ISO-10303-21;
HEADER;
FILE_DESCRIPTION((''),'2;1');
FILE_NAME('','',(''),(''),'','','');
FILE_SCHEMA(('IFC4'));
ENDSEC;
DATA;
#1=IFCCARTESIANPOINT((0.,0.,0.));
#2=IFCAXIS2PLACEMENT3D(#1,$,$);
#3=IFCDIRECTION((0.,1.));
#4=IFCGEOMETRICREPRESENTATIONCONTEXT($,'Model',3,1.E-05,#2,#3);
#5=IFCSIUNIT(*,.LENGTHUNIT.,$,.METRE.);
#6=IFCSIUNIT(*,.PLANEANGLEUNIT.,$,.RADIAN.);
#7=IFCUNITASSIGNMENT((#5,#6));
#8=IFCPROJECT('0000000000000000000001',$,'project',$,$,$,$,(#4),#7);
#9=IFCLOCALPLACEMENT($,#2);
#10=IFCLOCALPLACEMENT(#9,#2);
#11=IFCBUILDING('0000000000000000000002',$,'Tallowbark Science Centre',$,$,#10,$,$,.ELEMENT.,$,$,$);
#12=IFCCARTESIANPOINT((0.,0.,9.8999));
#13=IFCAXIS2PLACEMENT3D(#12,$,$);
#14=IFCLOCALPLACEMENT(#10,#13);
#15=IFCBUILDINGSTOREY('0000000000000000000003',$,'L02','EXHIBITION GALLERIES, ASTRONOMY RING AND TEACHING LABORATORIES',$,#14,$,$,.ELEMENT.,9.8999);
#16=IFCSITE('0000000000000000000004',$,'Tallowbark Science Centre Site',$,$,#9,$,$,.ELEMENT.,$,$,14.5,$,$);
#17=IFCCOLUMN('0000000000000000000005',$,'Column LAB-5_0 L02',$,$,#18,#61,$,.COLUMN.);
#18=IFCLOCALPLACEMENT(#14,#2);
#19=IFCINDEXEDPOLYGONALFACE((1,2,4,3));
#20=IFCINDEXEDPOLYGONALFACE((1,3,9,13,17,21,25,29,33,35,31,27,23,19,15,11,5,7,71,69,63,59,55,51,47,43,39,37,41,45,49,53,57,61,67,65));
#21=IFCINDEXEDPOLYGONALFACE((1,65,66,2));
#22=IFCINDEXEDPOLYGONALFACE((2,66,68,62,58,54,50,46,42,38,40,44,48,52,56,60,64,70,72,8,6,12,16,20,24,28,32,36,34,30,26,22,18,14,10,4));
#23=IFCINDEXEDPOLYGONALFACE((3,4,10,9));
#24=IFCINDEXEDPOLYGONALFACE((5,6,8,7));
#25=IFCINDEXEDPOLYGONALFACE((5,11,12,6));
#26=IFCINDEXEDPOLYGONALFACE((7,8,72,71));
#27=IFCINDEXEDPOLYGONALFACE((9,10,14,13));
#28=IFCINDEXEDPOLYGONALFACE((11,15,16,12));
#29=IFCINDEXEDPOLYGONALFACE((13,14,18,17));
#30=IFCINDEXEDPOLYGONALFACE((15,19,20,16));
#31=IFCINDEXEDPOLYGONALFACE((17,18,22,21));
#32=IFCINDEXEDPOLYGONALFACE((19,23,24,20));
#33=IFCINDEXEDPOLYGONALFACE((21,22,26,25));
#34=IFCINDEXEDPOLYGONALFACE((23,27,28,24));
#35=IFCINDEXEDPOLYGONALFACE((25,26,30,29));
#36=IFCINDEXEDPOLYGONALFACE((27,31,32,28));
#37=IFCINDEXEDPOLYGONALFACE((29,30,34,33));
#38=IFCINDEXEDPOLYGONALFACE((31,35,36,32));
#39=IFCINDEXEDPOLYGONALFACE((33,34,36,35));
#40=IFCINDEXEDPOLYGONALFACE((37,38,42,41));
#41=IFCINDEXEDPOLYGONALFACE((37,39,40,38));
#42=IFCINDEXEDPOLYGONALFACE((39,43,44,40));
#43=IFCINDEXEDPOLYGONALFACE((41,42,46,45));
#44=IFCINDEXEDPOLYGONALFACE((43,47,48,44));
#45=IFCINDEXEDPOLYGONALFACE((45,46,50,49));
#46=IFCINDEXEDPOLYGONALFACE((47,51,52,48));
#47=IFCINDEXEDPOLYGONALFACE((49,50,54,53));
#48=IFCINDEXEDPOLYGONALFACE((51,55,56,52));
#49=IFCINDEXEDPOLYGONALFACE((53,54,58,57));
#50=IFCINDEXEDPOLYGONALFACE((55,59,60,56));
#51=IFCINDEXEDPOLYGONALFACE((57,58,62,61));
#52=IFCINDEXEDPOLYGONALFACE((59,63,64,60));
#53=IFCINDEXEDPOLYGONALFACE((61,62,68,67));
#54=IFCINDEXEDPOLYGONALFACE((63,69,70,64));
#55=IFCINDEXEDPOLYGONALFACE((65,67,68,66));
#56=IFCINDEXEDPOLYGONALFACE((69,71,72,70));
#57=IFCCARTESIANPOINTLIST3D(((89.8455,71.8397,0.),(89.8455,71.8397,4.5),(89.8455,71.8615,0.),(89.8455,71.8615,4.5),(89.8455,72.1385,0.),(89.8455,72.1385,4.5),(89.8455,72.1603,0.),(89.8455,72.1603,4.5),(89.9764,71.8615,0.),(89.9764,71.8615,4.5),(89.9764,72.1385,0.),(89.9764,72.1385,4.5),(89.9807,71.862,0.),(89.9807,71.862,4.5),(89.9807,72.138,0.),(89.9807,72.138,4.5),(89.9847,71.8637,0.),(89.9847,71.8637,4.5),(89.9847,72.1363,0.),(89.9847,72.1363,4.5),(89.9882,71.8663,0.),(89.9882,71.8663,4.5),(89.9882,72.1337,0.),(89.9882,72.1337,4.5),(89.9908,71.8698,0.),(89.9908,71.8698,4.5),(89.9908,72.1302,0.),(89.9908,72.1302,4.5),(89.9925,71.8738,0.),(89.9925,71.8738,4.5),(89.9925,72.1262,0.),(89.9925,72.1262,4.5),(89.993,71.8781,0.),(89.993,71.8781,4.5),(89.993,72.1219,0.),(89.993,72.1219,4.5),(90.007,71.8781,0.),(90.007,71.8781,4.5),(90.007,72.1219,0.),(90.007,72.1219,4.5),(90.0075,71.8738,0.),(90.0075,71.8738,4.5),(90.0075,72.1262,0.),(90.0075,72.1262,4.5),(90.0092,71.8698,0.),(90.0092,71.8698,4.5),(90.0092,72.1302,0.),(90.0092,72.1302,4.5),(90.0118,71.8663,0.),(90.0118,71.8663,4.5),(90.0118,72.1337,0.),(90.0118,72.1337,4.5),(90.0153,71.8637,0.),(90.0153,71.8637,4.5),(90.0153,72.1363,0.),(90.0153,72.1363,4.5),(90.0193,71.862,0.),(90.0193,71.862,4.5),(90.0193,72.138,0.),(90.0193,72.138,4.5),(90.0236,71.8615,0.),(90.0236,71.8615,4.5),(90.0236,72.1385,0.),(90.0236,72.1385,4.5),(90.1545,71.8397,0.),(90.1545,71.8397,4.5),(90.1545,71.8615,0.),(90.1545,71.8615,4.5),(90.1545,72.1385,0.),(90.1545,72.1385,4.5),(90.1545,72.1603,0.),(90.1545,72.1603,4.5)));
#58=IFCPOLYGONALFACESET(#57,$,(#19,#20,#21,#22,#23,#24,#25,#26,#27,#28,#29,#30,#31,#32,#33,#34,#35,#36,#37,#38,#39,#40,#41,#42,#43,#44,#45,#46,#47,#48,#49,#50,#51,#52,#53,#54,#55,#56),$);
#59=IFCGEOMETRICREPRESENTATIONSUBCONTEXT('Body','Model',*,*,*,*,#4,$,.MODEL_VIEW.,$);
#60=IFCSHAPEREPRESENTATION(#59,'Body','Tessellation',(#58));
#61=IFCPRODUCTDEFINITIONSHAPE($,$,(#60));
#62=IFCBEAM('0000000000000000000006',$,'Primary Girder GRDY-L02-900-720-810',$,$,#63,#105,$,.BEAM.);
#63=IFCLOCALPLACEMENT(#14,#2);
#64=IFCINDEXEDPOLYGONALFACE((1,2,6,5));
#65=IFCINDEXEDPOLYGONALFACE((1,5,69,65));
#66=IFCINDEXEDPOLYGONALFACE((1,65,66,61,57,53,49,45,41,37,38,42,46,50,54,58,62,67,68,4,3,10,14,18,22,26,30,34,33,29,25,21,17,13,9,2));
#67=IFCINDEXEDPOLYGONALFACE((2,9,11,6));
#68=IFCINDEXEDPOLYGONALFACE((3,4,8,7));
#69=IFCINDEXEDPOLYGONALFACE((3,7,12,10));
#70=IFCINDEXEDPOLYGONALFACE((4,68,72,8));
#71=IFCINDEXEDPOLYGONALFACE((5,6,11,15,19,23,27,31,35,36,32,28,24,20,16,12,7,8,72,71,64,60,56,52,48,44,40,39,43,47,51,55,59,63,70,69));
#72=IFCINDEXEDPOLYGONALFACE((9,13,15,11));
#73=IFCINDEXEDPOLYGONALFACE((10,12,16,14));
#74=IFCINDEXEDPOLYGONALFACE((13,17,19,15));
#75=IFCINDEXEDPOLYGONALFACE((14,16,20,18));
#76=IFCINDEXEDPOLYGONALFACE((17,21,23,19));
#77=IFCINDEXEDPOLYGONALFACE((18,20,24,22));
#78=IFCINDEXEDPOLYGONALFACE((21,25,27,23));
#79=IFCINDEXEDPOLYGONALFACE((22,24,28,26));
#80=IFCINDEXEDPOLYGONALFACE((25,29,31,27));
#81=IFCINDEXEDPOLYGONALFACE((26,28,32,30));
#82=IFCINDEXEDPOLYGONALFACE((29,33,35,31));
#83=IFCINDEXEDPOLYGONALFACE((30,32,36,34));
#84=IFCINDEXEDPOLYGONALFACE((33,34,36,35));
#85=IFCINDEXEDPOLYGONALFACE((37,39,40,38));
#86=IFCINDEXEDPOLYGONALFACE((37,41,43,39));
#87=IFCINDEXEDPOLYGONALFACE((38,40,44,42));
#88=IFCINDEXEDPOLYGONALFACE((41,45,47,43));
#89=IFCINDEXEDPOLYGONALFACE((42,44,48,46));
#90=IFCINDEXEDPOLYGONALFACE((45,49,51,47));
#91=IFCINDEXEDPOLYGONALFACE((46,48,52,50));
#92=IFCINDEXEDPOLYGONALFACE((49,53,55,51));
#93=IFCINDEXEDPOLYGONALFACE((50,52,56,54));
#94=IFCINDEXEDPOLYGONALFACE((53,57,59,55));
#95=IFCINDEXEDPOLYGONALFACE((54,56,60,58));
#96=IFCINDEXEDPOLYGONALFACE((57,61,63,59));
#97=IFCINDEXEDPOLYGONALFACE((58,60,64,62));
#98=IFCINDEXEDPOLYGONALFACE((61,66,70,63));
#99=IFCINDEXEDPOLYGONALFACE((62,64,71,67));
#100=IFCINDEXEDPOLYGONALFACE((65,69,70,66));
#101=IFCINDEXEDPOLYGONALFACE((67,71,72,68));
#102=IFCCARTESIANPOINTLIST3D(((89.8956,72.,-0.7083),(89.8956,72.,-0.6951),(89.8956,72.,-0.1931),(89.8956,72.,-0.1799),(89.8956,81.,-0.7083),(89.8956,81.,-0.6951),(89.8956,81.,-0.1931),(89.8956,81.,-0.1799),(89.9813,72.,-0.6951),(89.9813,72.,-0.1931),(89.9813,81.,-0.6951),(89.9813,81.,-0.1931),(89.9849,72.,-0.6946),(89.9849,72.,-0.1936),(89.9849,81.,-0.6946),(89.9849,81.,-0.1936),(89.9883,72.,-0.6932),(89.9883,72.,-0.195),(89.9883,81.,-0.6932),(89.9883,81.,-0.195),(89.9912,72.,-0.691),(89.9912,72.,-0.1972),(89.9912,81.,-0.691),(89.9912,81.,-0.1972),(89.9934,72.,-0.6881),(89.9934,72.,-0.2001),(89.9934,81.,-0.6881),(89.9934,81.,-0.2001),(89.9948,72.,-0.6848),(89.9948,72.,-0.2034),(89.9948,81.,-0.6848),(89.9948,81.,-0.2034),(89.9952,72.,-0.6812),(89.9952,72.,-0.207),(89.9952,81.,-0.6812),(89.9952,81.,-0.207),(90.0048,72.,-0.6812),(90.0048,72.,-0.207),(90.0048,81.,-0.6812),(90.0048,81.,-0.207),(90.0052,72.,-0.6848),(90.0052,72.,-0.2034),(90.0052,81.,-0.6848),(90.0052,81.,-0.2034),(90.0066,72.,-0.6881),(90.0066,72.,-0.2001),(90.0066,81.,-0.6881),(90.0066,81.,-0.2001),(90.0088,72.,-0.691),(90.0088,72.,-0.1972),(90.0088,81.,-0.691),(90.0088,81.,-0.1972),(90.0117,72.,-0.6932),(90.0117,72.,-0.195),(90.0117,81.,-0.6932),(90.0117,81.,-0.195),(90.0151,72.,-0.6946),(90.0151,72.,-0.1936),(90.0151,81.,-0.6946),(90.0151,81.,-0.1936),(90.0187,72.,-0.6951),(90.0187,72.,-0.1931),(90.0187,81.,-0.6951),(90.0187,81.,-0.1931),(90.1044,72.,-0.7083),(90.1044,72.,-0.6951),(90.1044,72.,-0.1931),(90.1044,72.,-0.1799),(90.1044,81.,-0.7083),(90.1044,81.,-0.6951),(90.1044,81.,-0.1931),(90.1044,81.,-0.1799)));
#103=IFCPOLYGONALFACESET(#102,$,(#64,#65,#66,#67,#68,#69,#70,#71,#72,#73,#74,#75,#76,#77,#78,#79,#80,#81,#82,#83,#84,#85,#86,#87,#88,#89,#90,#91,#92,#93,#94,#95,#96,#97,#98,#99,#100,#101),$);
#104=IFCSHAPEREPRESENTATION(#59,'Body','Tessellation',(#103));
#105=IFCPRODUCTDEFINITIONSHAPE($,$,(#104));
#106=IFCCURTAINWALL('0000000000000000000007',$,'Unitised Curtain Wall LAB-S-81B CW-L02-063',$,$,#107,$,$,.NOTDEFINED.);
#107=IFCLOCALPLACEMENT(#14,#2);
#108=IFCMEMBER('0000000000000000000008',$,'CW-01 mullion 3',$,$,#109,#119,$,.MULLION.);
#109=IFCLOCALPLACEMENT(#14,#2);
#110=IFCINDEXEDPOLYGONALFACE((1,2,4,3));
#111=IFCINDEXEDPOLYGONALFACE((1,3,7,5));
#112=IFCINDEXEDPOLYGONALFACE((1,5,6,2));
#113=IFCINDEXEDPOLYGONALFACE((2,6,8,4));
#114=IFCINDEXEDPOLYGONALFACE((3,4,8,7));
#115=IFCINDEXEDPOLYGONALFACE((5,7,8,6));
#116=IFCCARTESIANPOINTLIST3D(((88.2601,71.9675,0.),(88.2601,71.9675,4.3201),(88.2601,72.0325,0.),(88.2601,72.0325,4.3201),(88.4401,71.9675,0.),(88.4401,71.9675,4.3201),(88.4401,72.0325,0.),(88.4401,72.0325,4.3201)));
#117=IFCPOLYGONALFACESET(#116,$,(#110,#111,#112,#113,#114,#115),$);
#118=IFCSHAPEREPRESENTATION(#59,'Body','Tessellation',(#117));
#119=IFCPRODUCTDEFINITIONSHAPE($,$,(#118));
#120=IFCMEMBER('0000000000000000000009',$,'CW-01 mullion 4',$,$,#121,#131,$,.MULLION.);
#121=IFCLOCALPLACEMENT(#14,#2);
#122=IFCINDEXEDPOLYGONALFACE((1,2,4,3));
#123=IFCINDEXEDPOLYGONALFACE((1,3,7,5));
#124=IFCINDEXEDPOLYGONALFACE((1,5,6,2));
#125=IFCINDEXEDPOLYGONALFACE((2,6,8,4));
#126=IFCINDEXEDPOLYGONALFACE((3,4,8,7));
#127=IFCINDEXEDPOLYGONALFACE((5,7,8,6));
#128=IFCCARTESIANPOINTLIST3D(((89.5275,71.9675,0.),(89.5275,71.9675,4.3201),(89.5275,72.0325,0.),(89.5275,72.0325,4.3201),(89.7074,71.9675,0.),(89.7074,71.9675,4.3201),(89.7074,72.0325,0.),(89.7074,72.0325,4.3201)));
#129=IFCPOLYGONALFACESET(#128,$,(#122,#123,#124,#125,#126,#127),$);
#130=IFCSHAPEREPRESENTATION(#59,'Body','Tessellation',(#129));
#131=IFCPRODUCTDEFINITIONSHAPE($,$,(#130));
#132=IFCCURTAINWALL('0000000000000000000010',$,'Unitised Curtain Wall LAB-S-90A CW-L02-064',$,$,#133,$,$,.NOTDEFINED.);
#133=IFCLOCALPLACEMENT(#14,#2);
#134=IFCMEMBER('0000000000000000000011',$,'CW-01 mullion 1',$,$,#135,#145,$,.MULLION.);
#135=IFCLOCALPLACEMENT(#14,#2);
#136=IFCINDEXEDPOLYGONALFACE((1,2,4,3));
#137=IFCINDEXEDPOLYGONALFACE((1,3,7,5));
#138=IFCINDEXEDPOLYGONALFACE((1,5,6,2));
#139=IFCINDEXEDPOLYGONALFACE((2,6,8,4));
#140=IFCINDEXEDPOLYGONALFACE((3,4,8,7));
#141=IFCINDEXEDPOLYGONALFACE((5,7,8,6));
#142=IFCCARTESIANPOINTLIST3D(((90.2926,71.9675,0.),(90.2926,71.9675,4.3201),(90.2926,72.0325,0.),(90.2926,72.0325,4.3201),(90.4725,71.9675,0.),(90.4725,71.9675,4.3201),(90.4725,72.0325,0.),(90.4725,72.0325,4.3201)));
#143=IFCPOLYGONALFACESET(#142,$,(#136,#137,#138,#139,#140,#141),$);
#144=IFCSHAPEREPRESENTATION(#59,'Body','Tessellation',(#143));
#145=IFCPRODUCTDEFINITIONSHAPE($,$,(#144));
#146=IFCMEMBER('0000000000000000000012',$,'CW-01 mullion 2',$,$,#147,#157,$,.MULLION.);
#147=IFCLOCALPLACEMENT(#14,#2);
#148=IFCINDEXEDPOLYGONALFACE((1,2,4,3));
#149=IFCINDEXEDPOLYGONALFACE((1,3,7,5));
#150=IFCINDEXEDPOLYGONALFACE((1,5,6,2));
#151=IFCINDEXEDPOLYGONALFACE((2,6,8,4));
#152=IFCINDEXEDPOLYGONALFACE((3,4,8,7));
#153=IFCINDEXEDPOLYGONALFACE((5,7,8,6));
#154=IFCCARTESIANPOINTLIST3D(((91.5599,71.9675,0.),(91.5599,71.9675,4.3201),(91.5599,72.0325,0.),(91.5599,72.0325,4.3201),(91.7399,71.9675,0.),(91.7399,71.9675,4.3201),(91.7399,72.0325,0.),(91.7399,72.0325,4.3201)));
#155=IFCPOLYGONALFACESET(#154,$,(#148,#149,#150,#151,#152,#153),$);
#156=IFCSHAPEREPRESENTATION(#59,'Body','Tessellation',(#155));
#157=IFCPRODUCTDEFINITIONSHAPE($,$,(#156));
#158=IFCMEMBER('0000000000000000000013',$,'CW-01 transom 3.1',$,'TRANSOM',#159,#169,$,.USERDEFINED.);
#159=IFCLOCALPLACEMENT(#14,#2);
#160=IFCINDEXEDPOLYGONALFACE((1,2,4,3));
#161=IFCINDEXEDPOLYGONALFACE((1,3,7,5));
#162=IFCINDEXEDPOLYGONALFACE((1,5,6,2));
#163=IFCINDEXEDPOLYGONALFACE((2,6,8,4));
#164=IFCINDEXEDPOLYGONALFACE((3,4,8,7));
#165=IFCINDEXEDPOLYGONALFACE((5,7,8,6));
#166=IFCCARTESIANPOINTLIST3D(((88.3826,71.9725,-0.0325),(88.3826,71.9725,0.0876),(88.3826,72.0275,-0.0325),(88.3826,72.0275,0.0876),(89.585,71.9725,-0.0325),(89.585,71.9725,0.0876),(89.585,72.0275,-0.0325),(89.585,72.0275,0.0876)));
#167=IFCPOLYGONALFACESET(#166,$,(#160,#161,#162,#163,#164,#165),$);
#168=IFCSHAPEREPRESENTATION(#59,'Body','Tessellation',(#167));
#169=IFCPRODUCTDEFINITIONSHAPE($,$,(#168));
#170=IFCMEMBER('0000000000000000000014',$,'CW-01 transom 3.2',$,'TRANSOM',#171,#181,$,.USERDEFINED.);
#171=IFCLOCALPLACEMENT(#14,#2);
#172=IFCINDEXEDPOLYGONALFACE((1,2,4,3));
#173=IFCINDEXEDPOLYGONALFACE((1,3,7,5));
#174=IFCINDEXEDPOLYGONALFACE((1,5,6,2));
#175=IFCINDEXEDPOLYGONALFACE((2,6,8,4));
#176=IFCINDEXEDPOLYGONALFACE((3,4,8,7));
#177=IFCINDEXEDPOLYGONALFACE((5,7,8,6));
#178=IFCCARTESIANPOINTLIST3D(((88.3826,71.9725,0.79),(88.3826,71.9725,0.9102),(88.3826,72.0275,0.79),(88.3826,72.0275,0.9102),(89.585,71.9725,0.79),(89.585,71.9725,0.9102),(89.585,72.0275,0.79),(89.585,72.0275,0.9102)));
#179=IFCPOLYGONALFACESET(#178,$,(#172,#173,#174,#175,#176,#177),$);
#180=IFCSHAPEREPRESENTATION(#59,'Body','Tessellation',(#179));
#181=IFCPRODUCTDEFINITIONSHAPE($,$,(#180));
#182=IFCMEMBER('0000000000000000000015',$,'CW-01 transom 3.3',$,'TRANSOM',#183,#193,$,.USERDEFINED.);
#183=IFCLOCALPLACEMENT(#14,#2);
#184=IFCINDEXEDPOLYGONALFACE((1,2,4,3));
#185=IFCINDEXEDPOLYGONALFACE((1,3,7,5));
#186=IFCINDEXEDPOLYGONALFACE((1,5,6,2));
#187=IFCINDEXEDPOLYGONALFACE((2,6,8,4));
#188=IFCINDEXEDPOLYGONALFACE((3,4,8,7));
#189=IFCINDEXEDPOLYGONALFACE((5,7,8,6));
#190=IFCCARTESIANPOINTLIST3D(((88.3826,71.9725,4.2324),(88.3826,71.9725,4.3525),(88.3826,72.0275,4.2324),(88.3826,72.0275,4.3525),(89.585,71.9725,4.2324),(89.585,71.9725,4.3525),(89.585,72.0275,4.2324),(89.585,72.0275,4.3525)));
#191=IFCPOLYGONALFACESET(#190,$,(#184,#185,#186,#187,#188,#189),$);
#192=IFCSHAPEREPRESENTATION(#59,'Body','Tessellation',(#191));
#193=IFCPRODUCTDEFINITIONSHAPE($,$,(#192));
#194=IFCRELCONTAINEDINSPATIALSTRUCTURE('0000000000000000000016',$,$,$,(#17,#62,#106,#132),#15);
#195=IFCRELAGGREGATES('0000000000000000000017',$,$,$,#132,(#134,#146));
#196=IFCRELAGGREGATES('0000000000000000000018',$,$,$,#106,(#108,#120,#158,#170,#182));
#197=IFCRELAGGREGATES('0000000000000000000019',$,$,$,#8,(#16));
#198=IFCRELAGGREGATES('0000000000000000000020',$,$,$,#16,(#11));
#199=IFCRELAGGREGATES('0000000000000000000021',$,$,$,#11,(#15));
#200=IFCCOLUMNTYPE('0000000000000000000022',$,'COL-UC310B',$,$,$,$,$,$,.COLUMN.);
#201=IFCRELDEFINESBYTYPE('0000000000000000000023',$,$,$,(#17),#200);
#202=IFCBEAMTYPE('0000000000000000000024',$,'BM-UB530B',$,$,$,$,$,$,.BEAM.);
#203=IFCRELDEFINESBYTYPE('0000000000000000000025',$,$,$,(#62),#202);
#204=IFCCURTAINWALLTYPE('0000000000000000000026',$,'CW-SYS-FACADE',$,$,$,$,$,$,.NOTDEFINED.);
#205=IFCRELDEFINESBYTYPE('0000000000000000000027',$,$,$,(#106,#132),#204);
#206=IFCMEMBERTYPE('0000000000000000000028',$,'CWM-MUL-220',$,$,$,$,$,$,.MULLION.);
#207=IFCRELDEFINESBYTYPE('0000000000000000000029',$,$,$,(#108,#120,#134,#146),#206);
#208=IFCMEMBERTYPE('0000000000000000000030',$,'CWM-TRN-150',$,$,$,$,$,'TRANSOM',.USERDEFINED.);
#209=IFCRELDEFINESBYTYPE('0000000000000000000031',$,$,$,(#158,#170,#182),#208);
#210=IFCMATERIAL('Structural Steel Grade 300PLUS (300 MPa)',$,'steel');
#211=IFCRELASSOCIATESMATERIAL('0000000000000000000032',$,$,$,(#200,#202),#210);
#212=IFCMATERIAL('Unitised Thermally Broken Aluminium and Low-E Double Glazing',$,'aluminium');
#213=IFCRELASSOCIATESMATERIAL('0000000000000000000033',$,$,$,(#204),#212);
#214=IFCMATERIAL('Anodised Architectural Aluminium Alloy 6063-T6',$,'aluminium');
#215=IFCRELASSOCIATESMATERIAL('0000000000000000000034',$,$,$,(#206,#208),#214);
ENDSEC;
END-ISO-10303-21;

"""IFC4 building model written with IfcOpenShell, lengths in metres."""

from ifc_helpers import new_model, si_unit, direction, frame, origin, origin_2d, place, context, subcontext, project, spatial, rectangle, i_section, extrude, material, material_profile, profile_set, type_object, element, aggregate, save


model = new_model("IFC4")

# Units and contexts
model_context = context("Model", 3, precision=1e-05, world=origin(), true_north=direction((0.0, 1.0)))
body_context = subcontext(model_context, "Body", "Model", "MODEL_VIEW")
ifc_project = project(units=[si_unit("LENGTHUNIT", "METRE"), si_unit("PLANEANGLEUNIT", "RADIAN")], contexts=[model_context])

# Site, building, storey
site_placement = place(None, origin())
site = spatial("IfcSite", under=ifc_project, at=site_placement, Name="Tallowbark Science Centre Site", CompositionType="ELEMENT", RefElevation=14.5)
building_placement = place(site_placement, origin())
building = spatial("IfcBuilding", under=site, at=building_placement, Name="Tallowbark Science Centre", CompositionType="ELEMENT")
storey_placement = place(building_placement, frame((0.0, 0.0, 9.8999)))
storey = spatial("IfcBuildingStorey", under=building, at=storey_placement, Name="L02", Description="EXHIBITION GALLERIES, ASTRONOMY RING AND TEACHING LABORATORIES", CompositionType="ELEMENT", Elevation=9.8999)

# Column
ifc_material_1 = material(Name="Structural Steel Grade 300PLUS (300 MPa)", Category="steel")
ifc_material_profile_1 = material_profile(ifc_material_1, i_section(OverallWidth=0.3091, OverallDepth=0.3206, WebThickness=0.0139, FlangeThickness=0.0217, FilletRadius=0.0166, at=origin_2d()), Name="310UC137")
ifc_profile_set_1 = profile_set([ifc_material_profile_1], Name="Structural Steel Grade 300PLUS (300 MPa)")
column_type = type_object("IfcColumnType", Name="COL-UC310B", PredefinedType="COLUMN", material=ifc_profile_set_1)
column_placement = place(storey_placement, frame((90.0, 72.0, 0.0), z_axis=(0.0, 0.0, 1.0), x_axis=(1.0, 0.0, 0.0)))
element("IfcColumn", 1, at=column_placement, inside=storey, type_object=column_type, Name="Column LAB-5_0 L02", PredefinedType="COLUMN", context=body_context, shape_type="SweptSolid", body=[
    extrude(i_section(OverallWidth=0.3091, OverallDepth=0.3206, WebThickness=0.0139, FlangeThickness=0.0217, FilletRadius=0.0166, at=origin_2d()), origin(), (0.0, 0.0, 1.0), 4.5),
])

# Beam
ifc_material_profile_2 = material_profile(ifc_material_1, i_section(OverallWidth=0.2087, OverallDepth=0.5283, WebThickness=0.0095, FlangeThickness=0.0132, FilletRadius=0.0139, at=origin_2d()), Name="530UB82.0")
ifc_profile_set_2 = profile_set([ifc_material_profile_2], Name="Structural Steel Grade 300PLUS (300 MPa)")
beam_type_1 = type_object("IfcBeamType", Name="BM-UB530B", PredefinedType="BEAM", material=ifc_profile_set_2)
beam_1_placement = place(storey_placement, frame((90.0, 72.0, -0.4441), z_axis=(0.0, 1.0, 0.0), x_axis=(-1.0, 0.0, 0.0)))
element("IfcBeam", 2, at=beam_1_placement, inside=storey, type_object=beam_type_1, Name="Primary Girder GRDY-L02-900-720-810", PredefinedType="BEAM", context=body_context, shape_type="SweptSolid", body=[
    extrude(i_section(OverallWidth=0.2087, OverallDepth=0.5283, WebThickness=0.0095, FlangeThickness=0.0132, FilletRadius=0.0139, at=origin_2d()), origin(), (0.0, 0.0, 1.0), 9.0),
])

# Curtain walls, members
ifc_material_2 = material(Name="Unitised Thermally Broken Aluminium and Low-E Double Glazing", Category="aluminium")
curtain_wall_type = type_object("IfcCurtainWallType", Name="CW-SYS-FACADE", PredefinedType="NOTDEFINED", material=ifc_material_2)
curtain_wall_1_placement = place(storey_placement, origin())
curtain_wall_1 = element("IfcCurtainWall", 3, at=curtain_wall_1_placement, inside=storey, type_object=curtain_wall_type, Name="Unitised Curtain Wall LAB-S-81B CW-L02-063", PredefinedType="NOTDEFINED")
ifc_material_3 = material(Name="Anodised Architectural Aluminium Alloy 6063-T6", Category="aluminium")
ifc_material_profile_3 = material_profile(ifc_material_3, rectangle(XDim=0.0649, YDim=0.1799, at=origin_2d()), Name="ALU65x180")
ifc_profile_set_3 = profile_set([ifc_material_profile_3], Name="Anodised Architectural Aluminium Alloy 6063-T6")
member_type_1 = type_object("IfcMemberType", Name="CWM-MUL-220", PredefinedType="MULLION", material=ifc_profile_set_3)
member_1_placement = place(storey_placement, frame((88.3501, 72.0, 0.0), z_axis=(0.0, 0.0, 1.0), x_axis=(0.0, 1.0, 0.0)))
member_1 = element("IfcMember", 4, at=member_1_placement, type_object=member_type_1, Name="CW-01 mullion 3", PredefinedType="MULLION", context=body_context, shape_type="SweptSolid", body=[
    extrude(rectangle(XDim=0.0649, YDim=0.1799, at=origin_2d()), origin(), (0.0, 0.0, 1.0), 4.3201),
])
member_2_placement = place(storey_placement, frame((89.6174, 72.0, 0.0), z_axis=(0.0, 0.0, 1.0), x_axis=(0.0, 1.0, 0.0)))
member_2 = element("IfcMember", 5, at=member_2_placement, type_object=member_type_1, Name="CW-01 mullion 4", PredefinedType="MULLION", context=body_context, shape_type="SweptSolid", body=[
    extrude(rectangle(XDim=0.0649, YDim=0.1799, at=origin_2d()), origin(), (0.0, 0.0, 1.0), 4.3201),
])
curtain_wall_2_placement = place(storey_placement, origin())
curtain_wall_2 = element("IfcCurtainWall", 6, at=curtain_wall_2_placement, inside=storey, type_object=curtain_wall_type, Name="Unitised Curtain Wall LAB-S-90A CW-L02-064", PredefinedType="NOTDEFINED")
member_3_placement = place(storey_placement, frame((90.3826, 72.0, 0.0), z_axis=(0.0, 0.0, 1.0), x_axis=(0.0, 1.0, 0.0)))
member_3 = element("IfcMember", 7, at=member_3_placement, type_object=member_type_1, Name="CW-01 mullion 1", PredefinedType="MULLION", context=body_context, shape_type="SweptSolid", body=[
    extrude(rectangle(XDim=0.0649, YDim=0.1799, at=origin_2d()), origin(), (0.0, 0.0, 1.0), 4.3201),
])
member_4_placement = place(storey_placement, frame((91.6499, 72.0, 0.0), z_axis=(0.0, 0.0, 1.0), x_axis=(0.0, 1.0, 0.0)))
member_4 = element("IfcMember", 8, at=member_4_placement, type_object=member_type_1, Name="CW-01 mullion 2", PredefinedType="MULLION", context=body_context, shape_type="SweptSolid", body=[
    extrude(rectangle(XDim=0.0649, YDim=0.1799, at=origin_2d()), origin(), (0.0, 0.0, 1.0), 4.3201),
])

# Members
ifc_material_profile_4 = material_profile(ifc_material_3, rectangle(XDim=0.0549, YDim=0.1201, at=origin_2d()), Name="ALU55x120")
ifc_profile_set_4 = profile_set([ifc_material_profile_4], Name="Anodised Architectural Aluminium Alloy 6063-T6")
member_type_2 = type_object("IfcMemberType", Name="CWM-TRN-150", ElementType="TRANSOM", PredefinedType="USERDEFINED", material=ifc_profile_set_4)
member_5_placement = place(storey_placement, frame((88.3826, 72.0, 0.0276), z_axis=(1.0, 0.0, 0.0), x_axis=(0.0, 1.0, 0.0)))
member_5 = element("IfcMember", 9, at=member_5_placement, type_object=member_type_2, Name="CW-01 transom 3.1", ObjectType="TRANSOM", PredefinedType="USERDEFINED", context=body_context, shape_type="SweptSolid", body=[
    extrude(rectangle(XDim=0.0549, YDim=0.1201, at=origin_2d()), origin(), (0.0, 0.0, 1.0), 1.2024),
])
member_6_placement = place(storey_placement, frame((88.3826, 72.0, 0.8501), z_axis=(1.0, 0.0, 0.0), x_axis=(0.0, 1.0, 0.0)))
member_6 = element("IfcMember", 10, at=member_6_placement, type_object=member_type_2, Name="CW-01 transom 3.2", ObjectType="TRANSOM", PredefinedType="USERDEFINED", context=body_context, shape_type="SweptSolid", body=[
    extrude(rectangle(XDim=0.0549, YDim=0.1201, at=origin_2d()), origin(), (0.0, 0.0, 1.0), 1.2024),
])
member_7_placement = place(storey_placement, frame((88.3826, 72.0, 4.2925), z_axis=(1.0, 0.0, 0.0), x_axis=(0.0, 1.0, 0.0)))
member_7 = element("IfcMember", 11, at=member_7_placement, type_object=member_type_2, Name="CW-01 transom 3.3", ObjectType="TRANSOM", PredefinedType="USERDEFINED", context=body_context, shape_type="SweptSolid", body=[
    extrude(rectangle(XDim=0.0549, YDim=0.1201, at=origin_2d()), origin(), (0.0, 0.0, 1.0), 1.2024),
])

aggregate(curtain_wall_2, [member_3, member_4])
aggregate(curtain_wall_1, [member_1, member_2, member_5, member_6, member_7])

save(model, "model.ifc")
